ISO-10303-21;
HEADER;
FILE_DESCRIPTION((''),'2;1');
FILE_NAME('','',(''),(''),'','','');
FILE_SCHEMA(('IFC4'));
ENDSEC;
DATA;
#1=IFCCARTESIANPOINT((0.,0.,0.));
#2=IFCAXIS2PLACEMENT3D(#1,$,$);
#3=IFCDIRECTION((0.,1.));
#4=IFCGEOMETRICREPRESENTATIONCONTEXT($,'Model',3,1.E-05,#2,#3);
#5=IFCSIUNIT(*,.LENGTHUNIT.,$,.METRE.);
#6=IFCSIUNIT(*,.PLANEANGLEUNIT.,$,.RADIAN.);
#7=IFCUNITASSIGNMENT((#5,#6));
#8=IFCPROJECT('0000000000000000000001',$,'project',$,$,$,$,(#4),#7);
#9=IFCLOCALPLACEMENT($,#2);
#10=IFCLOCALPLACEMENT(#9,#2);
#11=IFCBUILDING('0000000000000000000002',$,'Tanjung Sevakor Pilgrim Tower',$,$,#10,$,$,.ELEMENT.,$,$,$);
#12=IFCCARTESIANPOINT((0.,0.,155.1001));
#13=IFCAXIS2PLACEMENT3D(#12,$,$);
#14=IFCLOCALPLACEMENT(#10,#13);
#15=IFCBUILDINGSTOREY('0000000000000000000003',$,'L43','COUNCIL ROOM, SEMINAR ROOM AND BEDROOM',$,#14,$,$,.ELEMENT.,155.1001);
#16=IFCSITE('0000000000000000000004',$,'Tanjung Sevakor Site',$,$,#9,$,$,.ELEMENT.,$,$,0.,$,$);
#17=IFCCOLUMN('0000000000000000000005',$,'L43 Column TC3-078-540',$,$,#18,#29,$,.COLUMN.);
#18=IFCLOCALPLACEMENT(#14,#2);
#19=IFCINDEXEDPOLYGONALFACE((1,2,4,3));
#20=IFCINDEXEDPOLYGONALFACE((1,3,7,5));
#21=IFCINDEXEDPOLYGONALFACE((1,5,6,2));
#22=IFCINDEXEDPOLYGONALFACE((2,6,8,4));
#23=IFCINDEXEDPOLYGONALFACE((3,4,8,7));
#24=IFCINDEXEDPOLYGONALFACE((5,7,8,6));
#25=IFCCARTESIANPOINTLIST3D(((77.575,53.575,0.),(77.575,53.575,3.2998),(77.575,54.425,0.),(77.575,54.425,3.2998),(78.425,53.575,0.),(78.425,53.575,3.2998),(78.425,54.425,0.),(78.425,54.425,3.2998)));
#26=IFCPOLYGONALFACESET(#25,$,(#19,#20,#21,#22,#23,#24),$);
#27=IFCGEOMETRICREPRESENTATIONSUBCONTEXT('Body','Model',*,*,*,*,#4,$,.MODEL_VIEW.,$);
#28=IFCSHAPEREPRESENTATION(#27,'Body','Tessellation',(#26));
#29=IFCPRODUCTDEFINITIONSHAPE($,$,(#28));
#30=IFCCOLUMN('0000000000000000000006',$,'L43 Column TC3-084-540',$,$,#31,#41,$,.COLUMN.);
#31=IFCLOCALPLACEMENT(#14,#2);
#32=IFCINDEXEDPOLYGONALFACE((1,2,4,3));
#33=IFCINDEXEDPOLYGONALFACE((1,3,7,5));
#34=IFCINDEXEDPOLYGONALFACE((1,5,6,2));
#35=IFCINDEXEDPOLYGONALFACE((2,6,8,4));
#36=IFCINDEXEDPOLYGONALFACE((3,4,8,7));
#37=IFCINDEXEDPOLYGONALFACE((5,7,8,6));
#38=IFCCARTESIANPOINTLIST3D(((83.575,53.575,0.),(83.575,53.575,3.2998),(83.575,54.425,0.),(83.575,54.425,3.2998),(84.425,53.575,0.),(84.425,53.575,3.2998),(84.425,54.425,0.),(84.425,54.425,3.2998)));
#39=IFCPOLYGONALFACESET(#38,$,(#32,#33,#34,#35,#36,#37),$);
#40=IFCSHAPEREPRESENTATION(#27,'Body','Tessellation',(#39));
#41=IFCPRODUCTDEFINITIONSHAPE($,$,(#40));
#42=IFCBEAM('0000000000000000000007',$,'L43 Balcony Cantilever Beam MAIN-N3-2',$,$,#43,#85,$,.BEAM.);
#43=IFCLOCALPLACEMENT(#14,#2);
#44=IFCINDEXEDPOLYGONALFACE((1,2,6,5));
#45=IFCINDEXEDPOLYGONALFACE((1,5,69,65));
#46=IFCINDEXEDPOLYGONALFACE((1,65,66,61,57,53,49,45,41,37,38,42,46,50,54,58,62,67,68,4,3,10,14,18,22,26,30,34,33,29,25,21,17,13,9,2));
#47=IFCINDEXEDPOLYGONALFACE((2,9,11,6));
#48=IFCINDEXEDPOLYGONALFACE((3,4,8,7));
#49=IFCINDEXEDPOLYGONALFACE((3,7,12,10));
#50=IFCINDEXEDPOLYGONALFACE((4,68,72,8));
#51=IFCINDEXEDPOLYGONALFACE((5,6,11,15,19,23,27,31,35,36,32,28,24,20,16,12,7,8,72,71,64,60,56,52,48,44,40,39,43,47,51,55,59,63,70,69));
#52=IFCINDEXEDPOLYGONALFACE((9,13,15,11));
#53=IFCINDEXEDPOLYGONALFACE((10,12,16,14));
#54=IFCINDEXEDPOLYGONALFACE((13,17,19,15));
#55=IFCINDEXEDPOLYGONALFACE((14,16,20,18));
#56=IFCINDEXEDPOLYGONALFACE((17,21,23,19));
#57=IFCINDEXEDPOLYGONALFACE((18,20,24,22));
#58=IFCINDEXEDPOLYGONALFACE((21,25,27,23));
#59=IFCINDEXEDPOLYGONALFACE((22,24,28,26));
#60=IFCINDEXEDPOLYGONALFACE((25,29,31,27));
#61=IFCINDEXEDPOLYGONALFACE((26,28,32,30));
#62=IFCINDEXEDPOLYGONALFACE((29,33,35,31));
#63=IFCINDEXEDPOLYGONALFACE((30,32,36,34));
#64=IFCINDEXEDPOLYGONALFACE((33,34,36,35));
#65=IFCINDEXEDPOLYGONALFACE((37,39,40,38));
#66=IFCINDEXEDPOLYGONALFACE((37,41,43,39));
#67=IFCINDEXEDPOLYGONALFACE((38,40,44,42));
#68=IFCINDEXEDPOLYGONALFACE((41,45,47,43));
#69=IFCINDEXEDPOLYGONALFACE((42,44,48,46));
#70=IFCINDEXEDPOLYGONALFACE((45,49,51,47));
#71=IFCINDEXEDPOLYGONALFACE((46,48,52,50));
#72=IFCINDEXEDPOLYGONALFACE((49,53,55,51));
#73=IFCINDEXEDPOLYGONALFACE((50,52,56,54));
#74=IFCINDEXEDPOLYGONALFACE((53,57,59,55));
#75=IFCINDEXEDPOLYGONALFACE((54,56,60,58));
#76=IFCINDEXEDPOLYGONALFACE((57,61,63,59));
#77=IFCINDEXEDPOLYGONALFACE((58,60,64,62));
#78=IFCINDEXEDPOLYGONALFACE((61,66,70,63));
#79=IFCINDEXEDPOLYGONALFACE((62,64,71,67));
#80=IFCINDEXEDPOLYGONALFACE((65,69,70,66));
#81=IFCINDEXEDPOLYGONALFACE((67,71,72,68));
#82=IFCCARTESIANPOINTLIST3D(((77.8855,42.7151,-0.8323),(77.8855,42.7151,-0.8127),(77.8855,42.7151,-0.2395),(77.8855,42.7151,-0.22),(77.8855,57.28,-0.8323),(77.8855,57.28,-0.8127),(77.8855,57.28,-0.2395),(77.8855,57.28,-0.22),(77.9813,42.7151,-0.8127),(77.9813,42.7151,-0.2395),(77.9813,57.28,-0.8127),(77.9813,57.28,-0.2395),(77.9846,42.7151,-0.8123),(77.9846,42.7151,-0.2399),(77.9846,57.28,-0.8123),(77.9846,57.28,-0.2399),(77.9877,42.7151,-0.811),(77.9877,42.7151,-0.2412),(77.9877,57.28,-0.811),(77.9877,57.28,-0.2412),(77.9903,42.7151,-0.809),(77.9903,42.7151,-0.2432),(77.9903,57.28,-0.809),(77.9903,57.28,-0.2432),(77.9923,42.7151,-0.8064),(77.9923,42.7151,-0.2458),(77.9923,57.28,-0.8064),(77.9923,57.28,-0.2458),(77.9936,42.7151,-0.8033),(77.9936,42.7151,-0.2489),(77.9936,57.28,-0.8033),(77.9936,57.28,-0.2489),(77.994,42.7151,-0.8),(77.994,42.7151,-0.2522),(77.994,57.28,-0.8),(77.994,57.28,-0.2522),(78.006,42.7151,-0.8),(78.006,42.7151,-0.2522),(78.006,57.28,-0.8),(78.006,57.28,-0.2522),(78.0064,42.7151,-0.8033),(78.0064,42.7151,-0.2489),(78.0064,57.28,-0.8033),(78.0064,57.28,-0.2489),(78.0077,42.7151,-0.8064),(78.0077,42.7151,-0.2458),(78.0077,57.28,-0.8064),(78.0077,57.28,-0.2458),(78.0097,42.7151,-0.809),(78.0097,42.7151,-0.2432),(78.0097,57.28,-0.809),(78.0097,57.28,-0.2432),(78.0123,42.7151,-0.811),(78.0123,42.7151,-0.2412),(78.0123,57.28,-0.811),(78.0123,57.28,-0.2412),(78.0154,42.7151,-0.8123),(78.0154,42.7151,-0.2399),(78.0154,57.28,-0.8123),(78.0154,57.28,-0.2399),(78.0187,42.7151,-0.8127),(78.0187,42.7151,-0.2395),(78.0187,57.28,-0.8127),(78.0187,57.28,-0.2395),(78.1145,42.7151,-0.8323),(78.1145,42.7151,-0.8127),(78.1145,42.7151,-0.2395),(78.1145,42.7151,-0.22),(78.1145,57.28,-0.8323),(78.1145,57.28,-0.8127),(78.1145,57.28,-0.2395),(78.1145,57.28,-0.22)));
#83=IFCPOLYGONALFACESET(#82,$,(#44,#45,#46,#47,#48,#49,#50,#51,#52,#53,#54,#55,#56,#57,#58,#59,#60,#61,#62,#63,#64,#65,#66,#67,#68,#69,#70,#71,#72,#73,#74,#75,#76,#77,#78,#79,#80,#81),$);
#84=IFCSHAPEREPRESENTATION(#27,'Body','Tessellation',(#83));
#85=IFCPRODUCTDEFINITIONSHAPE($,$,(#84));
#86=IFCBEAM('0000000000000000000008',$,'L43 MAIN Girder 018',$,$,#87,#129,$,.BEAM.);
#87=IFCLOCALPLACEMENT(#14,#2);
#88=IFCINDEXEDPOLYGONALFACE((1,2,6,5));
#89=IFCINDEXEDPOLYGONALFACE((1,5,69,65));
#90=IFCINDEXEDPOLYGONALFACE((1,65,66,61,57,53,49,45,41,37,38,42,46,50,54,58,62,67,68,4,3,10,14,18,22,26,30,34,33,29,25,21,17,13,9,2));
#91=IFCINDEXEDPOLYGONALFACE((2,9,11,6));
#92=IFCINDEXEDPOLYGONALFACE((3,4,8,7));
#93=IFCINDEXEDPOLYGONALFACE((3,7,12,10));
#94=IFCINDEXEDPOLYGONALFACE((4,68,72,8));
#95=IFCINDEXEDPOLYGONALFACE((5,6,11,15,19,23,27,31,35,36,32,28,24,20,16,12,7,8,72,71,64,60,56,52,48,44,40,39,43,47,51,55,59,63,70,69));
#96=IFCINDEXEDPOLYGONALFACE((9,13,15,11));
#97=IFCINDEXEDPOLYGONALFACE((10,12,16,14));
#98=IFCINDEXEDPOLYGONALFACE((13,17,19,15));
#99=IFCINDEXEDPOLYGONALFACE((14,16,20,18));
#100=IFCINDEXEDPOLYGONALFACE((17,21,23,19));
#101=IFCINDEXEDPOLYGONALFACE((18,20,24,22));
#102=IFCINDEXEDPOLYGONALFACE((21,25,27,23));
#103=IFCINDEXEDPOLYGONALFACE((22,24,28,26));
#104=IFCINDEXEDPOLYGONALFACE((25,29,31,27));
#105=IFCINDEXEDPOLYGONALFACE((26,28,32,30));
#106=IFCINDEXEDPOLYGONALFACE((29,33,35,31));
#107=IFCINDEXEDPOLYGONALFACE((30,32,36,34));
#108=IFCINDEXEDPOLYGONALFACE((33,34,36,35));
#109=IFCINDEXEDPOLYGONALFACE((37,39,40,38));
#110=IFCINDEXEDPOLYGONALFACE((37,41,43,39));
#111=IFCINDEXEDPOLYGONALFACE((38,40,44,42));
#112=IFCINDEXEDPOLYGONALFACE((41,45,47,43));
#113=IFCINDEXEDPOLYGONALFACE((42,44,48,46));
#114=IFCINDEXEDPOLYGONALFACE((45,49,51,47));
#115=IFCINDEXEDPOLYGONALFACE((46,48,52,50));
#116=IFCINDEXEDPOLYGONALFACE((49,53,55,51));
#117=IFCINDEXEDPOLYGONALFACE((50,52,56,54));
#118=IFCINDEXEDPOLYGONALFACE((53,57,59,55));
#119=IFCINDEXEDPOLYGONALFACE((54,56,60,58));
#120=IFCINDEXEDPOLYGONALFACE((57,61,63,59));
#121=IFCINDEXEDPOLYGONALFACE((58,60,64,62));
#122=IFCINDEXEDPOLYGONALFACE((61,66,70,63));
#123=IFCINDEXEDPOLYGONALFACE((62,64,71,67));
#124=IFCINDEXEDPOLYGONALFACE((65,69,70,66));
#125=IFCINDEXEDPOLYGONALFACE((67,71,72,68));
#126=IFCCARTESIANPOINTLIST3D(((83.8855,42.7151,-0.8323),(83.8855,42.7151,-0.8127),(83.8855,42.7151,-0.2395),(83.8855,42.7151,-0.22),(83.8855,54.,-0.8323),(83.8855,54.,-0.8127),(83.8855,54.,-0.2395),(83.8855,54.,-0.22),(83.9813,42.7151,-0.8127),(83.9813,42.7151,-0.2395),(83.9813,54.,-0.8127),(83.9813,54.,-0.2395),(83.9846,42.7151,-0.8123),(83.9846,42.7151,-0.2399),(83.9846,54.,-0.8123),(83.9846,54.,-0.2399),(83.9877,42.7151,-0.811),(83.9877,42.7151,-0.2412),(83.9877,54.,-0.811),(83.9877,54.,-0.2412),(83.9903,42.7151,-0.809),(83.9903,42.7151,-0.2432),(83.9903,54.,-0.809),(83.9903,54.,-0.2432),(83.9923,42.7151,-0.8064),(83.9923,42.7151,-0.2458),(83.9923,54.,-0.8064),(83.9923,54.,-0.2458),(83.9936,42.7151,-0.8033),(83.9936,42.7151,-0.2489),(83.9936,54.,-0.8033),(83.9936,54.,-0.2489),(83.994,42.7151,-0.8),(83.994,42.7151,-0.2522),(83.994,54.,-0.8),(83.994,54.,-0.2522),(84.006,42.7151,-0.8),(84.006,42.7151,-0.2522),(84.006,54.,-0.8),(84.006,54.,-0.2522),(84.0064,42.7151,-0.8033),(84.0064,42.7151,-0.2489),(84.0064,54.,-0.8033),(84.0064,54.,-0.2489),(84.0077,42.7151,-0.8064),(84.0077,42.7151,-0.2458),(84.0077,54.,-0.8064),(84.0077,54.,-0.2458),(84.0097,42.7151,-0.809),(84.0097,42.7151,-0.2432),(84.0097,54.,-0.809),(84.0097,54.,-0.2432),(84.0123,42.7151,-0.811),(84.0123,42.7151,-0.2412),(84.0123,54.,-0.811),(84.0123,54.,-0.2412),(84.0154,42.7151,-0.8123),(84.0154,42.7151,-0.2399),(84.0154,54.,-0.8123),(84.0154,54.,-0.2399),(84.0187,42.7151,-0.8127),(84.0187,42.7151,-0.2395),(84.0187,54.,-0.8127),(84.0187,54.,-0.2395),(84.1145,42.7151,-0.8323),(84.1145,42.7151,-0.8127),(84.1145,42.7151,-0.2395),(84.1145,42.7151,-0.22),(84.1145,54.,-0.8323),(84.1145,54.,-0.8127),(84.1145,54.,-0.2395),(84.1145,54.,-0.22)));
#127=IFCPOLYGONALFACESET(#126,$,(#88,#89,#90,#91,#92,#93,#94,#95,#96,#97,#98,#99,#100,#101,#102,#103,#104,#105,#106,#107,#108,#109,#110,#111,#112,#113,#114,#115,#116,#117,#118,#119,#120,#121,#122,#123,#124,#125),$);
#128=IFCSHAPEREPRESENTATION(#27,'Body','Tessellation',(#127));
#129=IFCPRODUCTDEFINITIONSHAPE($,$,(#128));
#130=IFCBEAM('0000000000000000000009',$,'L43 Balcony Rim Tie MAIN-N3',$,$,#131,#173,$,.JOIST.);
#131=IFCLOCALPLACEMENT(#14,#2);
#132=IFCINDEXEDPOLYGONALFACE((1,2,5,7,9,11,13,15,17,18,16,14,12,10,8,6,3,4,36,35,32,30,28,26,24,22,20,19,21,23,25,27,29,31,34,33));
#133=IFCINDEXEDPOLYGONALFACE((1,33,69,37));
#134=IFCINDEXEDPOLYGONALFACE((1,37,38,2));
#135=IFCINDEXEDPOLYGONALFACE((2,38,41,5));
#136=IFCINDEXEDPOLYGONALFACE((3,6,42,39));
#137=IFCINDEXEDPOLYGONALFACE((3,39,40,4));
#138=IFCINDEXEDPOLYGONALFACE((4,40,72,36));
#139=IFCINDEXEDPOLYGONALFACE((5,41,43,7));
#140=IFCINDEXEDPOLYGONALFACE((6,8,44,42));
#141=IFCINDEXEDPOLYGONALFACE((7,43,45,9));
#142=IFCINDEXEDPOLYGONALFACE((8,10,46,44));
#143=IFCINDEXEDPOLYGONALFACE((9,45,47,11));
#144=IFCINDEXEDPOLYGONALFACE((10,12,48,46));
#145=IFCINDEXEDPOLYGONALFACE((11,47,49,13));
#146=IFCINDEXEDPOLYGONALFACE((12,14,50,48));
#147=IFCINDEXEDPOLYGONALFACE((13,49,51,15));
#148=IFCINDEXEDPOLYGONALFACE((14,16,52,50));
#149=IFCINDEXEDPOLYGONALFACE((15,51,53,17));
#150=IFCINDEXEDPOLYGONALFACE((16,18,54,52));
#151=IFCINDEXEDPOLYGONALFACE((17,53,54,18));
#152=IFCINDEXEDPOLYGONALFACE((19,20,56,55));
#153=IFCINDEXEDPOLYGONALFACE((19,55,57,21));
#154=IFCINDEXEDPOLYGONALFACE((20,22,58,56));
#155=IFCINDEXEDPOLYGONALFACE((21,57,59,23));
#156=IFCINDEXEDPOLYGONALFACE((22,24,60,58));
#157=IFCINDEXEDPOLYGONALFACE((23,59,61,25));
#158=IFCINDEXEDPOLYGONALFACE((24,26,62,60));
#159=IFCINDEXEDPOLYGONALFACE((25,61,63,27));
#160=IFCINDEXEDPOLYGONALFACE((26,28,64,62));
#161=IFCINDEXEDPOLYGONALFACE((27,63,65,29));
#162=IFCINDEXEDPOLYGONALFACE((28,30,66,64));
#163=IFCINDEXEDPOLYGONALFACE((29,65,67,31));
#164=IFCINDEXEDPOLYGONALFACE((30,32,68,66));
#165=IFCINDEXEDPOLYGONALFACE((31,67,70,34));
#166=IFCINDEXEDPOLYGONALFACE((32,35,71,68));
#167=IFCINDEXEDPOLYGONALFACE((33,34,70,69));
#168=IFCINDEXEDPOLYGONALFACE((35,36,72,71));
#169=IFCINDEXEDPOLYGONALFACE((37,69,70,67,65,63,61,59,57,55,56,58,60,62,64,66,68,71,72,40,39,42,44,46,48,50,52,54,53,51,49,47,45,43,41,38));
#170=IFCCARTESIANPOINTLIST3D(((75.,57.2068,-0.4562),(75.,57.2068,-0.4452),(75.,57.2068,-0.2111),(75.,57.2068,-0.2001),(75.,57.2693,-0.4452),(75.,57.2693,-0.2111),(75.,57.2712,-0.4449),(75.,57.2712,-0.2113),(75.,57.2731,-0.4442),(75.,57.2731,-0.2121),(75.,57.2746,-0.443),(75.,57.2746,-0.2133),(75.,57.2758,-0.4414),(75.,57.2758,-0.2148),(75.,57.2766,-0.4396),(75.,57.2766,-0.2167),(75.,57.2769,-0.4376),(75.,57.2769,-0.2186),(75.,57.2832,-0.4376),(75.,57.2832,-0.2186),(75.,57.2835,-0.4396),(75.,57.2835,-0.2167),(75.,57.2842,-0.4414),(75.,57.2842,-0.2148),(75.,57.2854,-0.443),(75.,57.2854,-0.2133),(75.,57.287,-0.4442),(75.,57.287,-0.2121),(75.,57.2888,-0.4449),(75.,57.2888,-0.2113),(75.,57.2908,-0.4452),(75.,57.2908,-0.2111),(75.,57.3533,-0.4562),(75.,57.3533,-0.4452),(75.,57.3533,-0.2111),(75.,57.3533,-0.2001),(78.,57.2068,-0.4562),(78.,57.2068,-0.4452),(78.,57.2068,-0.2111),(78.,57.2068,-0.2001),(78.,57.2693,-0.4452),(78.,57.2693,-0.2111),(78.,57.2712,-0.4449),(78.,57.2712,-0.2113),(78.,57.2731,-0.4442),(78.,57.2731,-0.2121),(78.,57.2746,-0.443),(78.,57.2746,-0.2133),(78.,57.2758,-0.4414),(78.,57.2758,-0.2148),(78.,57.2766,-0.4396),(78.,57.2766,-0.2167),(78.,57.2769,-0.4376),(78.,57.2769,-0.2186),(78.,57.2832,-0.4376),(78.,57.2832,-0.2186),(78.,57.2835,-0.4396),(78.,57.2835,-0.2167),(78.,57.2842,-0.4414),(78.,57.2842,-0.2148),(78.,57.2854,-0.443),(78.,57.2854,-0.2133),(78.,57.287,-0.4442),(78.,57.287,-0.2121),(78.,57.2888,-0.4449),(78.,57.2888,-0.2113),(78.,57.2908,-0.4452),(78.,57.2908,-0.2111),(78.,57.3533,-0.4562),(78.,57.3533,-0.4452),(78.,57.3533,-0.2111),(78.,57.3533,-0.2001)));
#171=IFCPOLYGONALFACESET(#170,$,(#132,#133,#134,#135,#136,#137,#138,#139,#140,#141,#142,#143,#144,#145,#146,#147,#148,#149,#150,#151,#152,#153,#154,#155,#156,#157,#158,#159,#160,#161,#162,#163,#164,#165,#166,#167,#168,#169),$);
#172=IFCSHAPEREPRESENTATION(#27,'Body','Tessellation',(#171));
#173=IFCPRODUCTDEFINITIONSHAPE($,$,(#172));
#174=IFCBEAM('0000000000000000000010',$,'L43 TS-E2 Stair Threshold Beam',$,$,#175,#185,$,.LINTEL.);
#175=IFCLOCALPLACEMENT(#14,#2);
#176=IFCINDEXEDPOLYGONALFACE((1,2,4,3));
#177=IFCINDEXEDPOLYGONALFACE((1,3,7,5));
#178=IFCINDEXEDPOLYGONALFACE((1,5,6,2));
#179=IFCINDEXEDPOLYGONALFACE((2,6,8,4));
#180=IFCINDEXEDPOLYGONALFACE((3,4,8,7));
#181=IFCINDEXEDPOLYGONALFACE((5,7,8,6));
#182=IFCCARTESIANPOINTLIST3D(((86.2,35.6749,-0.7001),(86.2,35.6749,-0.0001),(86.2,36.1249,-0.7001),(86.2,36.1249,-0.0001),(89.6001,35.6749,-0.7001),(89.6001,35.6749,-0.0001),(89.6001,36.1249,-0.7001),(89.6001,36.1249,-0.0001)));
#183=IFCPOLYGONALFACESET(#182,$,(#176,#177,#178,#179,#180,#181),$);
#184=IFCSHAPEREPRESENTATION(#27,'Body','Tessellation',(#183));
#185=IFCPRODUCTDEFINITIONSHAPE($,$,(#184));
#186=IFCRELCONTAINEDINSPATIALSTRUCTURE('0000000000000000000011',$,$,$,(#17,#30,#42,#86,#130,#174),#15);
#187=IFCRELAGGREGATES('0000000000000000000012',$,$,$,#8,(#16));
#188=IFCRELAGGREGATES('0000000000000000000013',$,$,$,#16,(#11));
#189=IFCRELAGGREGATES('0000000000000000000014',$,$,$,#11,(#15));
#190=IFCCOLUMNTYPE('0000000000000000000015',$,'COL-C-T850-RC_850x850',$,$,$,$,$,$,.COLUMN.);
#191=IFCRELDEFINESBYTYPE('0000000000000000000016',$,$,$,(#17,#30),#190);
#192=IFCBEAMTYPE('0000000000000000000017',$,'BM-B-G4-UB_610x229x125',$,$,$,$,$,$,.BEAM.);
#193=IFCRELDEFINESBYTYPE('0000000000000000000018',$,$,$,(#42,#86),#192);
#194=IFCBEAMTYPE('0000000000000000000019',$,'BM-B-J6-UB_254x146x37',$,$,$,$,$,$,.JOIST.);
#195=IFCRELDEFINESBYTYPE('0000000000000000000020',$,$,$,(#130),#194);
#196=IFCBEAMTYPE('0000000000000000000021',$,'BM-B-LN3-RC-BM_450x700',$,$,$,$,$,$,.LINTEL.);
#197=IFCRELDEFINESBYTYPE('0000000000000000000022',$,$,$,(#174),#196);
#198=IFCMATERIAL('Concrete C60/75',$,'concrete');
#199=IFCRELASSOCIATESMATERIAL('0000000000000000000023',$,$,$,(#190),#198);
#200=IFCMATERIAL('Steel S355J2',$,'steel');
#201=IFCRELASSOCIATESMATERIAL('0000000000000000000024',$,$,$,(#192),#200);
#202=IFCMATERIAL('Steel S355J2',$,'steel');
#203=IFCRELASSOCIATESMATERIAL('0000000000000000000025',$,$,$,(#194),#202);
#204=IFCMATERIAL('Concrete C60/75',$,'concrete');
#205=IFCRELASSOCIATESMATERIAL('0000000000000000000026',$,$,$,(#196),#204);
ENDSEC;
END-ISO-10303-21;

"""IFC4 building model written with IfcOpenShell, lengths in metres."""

from ifc_helpers import new_model, si_unit, direction, frame, origin, origin_2d, place, context, subcontext, project, spatial, rectangle, i_section, extrude, material, material_profile, profile_set, type_object, element, save


model = new_model("IFC4")

# Units and contexts
model_context = context("Model", 3, precision=1e-05, world=origin(), true_north=direction((0.0, 1.0)))
body_context = subcontext(model_context, "Body", "Model", "MODEL_VIEW")
ifc_project = project(units=[si_unit("LENGTHUNIT", "METRE"), si_unit("PLANEANGLEUNIT", "RADIAN")], contexts=[model_context])

# Site, building, storey
site_placement = place(None, origin())
site = spatial("IfcSite", under=ifc_project, at=site_placement, Name="Tanjung Sevakor Site", CompositionType="ELEMENT", RefElevation=0.0)
building_placement = place(site_placement, origin())
building = spatial("IfcBuilding", under=site, at=building_placement, Name="Tanjung Sevakor Pilgrim Tower", CompositionType="ELEMENT")
storey_placement = place(building_placement, frame((0.0, 0.0, 155.1001)))
storey = spatial("IfcBuildingStorey", under=building, at=storey_placement, Name="L43", Description="COUNCIL ROOM, SEMINAR ROOM AND BEDROOM", CompositionType="ELEMENT", Elevation=155.1001)

# Columns
ifc_material_1 = material(Name="Concrete C60/75", Category="concrete")
ifc_material_profile_1 = material_profile(ifc_material_1, rectangle(XDim=0.8501, YDim=0.8501, at=origin_2d()))
ifc_profile_set_1 = profile_set([ifc_material_profile_1], Name="Concrete C60/75")
column_type = type_object("IfcColumnType", Name="COL-C-T850-RC_850x850", PredefinedType="COLUMN", material=ifc_profile_set_1)
for number, where, z_axis, x_axis, name in (
    (1, (78.0, 54.0, 0.0), (0.0, 0.0, 1.0), (1.0, 0.0, 0.0), "L43 Column TC3-078-540"),
    (2, (84.0, 54.0, 0.0), (0.0, 0.0, 1.0), (1.0, 0.0, 0.0), "L43 Column TC3-084-540"),
):
    element("IfcColumn", number, at=place(storey_placement, frame(where, z_axis=z_axis, x_axis=x_axis)), inside=storey, type_object=column_type, Name=name, PredefinedType="COLUMN", context=body_context, shape_type="SweptSolid", body=[
        extrude(rectangle(XDim=0.8501, YDim=0.8501, at=origin_2d()), origin(), (0.0, 0.0, 1.0), 3.2998),
    ])

# Beams
ifc_material_2 = material(Name="Steel S355J2", Category="steel")
ifc_material_profile_2 = material_profile(ifc_material_2, i_section(OverallWidth=0.229, OverallDepth=0.6123, WebThickness=0.012, FlangeThickness=0.0195, FilletRadius=0.0127, at=origin_2d()))
ifc_profile_set_2 = profile_set([ifc_material_profile_2], Name="Steel S355J2")
beam_type_1 = type_object("IfcBeamType", Name="BM-B-G4-UB_610x229x125", PredefinedType="BEAM", material=ifc_profile_set_2)
beam_1_placement = place(storey_placement, frame((78.0, 42.7151, -0.5261), z_axis=(0.0, 1.0, 0.0), x_axis=(-1.0, 0.0, 0.0)))
element("IfcBeam", 3, at=beam_1_placement, inside=storey, type_object=beam_type_1, Name="L43 Balcony Cantilever Beam MAIN-N3-2", PredefinedType="BEAM", context=body_context, shape_type="SweptSolid", body=[
    extrude(i_section(OverallWidth=0.229, OverallDepth=0.6123, WebThickness=0.012, FlangeThickness=0.0195, FilletRadius=0.0127, at=origin_2d()), origin(), (0.0, 0.0, 1.0), 14.5649),
])
beam_2_placement = place(storey_placement, frame((84.0, 42.7151, -0.5261), z_axis=(0.0, 1.0, 0.0), x_axis=(-1.0, 0.0, 0.0)))
element("IfcBeam", 4, at=beam_2_placement, inside=storey, type_object=beam_type_1, Name="L43 MAIN Girder 018", PredefinedType="BEAM", context=body_context, shape_type="SweptSolid", body=[
    extrude(i_section(OverallWidth=0.229, OverallDepth=0.6123, WebThickness=0.012, FlangeThickness=0.0195, FilletRadius=0.0127, at=origin_2d()), origin(), (0.0, 0.0, 1.0), 11.2849),
])
ifc_material_3 = material(Name="Steel S355J2", Category="steel")
ifc_material_profile_3 = material_profile(ifc_material_3, i_section(OverallWidth=0.1465, OverallDepth=0.2561, WebThickness=0.0063, FlangeThickness=0.011, FilletRadius=0.0076, at=origin_2d()))
ifc_profile_set_3 = profile_set([ifc_material_profile_3], Name="Steel S355J2")
beam_type_2 = type_object("IfcBeamType", Name="BM-B-J6-UB_254x146x37", PredefinedType="JOIST", material=ifc_profile_set_3)
beam_3_placement = place(storey_placement, frame((75.0, 57.28, -0.3281), z_axis=(1.0, 0.0, 0.0), x_axis=(0.0, 1.0, 0.0)))
element("IfcBeam", 5, at=beam_3_placement, inside=storey, type_object=beam_type_2, Name="L43 Balcony Rim Tie MAIN-N3", PredefinedType="JOIST", context=body_context, shape_type="SweptSolid", body=[
    extrude(i_section(OverallWidth=0.1465, OverallDepth=0.2561, WebThickness=0.0063, FlangeThickness=0.011, FilletRadius=0.0076, at=origin_2d()), origin(), (0.0, 0.0, 1.0), 3.0),
])
ifc_material_4 = material(Name="Concrete C60/75", Category="concrete")
ifc_material_profile_4 = material_profile(ifc_material_4, rectangle(XDim=0.45, YDim=0.7, at=origin_2d()))
ifc_profile_set_4 = profile_set([ifc_material_profile_4], Name="Concrete C60/75")
beam_type_3 = type_object("IfcBeamType", Name="BM-B-LN3-RC-BM_450x700", PredefinedType="LINTEL", material=ifc_profile_set_4)
beam_4_placement = place(storey_placement, frame((86.2, 35.8999, -0.3501), z_axis=(1.0, 0.0, 0.0), x_axis=(0.0, 1.0, 0.0)))
element("IfcBeam", 6, at=beam_4_placement, inside=storey, type_object=beam_type_3, Name="L43 TS-E2 Stair Threshold Beam", PredefinedType="LINTEL", context=body_context, shape_type="SweptSolid", body=[
    extrude(rectangle(XDim=0.45, YDim=0.7, at=origin_2d()), origin(), (0.0, 0.0, 1.0), 3.4001),
])

save(model, "model.ifc")
